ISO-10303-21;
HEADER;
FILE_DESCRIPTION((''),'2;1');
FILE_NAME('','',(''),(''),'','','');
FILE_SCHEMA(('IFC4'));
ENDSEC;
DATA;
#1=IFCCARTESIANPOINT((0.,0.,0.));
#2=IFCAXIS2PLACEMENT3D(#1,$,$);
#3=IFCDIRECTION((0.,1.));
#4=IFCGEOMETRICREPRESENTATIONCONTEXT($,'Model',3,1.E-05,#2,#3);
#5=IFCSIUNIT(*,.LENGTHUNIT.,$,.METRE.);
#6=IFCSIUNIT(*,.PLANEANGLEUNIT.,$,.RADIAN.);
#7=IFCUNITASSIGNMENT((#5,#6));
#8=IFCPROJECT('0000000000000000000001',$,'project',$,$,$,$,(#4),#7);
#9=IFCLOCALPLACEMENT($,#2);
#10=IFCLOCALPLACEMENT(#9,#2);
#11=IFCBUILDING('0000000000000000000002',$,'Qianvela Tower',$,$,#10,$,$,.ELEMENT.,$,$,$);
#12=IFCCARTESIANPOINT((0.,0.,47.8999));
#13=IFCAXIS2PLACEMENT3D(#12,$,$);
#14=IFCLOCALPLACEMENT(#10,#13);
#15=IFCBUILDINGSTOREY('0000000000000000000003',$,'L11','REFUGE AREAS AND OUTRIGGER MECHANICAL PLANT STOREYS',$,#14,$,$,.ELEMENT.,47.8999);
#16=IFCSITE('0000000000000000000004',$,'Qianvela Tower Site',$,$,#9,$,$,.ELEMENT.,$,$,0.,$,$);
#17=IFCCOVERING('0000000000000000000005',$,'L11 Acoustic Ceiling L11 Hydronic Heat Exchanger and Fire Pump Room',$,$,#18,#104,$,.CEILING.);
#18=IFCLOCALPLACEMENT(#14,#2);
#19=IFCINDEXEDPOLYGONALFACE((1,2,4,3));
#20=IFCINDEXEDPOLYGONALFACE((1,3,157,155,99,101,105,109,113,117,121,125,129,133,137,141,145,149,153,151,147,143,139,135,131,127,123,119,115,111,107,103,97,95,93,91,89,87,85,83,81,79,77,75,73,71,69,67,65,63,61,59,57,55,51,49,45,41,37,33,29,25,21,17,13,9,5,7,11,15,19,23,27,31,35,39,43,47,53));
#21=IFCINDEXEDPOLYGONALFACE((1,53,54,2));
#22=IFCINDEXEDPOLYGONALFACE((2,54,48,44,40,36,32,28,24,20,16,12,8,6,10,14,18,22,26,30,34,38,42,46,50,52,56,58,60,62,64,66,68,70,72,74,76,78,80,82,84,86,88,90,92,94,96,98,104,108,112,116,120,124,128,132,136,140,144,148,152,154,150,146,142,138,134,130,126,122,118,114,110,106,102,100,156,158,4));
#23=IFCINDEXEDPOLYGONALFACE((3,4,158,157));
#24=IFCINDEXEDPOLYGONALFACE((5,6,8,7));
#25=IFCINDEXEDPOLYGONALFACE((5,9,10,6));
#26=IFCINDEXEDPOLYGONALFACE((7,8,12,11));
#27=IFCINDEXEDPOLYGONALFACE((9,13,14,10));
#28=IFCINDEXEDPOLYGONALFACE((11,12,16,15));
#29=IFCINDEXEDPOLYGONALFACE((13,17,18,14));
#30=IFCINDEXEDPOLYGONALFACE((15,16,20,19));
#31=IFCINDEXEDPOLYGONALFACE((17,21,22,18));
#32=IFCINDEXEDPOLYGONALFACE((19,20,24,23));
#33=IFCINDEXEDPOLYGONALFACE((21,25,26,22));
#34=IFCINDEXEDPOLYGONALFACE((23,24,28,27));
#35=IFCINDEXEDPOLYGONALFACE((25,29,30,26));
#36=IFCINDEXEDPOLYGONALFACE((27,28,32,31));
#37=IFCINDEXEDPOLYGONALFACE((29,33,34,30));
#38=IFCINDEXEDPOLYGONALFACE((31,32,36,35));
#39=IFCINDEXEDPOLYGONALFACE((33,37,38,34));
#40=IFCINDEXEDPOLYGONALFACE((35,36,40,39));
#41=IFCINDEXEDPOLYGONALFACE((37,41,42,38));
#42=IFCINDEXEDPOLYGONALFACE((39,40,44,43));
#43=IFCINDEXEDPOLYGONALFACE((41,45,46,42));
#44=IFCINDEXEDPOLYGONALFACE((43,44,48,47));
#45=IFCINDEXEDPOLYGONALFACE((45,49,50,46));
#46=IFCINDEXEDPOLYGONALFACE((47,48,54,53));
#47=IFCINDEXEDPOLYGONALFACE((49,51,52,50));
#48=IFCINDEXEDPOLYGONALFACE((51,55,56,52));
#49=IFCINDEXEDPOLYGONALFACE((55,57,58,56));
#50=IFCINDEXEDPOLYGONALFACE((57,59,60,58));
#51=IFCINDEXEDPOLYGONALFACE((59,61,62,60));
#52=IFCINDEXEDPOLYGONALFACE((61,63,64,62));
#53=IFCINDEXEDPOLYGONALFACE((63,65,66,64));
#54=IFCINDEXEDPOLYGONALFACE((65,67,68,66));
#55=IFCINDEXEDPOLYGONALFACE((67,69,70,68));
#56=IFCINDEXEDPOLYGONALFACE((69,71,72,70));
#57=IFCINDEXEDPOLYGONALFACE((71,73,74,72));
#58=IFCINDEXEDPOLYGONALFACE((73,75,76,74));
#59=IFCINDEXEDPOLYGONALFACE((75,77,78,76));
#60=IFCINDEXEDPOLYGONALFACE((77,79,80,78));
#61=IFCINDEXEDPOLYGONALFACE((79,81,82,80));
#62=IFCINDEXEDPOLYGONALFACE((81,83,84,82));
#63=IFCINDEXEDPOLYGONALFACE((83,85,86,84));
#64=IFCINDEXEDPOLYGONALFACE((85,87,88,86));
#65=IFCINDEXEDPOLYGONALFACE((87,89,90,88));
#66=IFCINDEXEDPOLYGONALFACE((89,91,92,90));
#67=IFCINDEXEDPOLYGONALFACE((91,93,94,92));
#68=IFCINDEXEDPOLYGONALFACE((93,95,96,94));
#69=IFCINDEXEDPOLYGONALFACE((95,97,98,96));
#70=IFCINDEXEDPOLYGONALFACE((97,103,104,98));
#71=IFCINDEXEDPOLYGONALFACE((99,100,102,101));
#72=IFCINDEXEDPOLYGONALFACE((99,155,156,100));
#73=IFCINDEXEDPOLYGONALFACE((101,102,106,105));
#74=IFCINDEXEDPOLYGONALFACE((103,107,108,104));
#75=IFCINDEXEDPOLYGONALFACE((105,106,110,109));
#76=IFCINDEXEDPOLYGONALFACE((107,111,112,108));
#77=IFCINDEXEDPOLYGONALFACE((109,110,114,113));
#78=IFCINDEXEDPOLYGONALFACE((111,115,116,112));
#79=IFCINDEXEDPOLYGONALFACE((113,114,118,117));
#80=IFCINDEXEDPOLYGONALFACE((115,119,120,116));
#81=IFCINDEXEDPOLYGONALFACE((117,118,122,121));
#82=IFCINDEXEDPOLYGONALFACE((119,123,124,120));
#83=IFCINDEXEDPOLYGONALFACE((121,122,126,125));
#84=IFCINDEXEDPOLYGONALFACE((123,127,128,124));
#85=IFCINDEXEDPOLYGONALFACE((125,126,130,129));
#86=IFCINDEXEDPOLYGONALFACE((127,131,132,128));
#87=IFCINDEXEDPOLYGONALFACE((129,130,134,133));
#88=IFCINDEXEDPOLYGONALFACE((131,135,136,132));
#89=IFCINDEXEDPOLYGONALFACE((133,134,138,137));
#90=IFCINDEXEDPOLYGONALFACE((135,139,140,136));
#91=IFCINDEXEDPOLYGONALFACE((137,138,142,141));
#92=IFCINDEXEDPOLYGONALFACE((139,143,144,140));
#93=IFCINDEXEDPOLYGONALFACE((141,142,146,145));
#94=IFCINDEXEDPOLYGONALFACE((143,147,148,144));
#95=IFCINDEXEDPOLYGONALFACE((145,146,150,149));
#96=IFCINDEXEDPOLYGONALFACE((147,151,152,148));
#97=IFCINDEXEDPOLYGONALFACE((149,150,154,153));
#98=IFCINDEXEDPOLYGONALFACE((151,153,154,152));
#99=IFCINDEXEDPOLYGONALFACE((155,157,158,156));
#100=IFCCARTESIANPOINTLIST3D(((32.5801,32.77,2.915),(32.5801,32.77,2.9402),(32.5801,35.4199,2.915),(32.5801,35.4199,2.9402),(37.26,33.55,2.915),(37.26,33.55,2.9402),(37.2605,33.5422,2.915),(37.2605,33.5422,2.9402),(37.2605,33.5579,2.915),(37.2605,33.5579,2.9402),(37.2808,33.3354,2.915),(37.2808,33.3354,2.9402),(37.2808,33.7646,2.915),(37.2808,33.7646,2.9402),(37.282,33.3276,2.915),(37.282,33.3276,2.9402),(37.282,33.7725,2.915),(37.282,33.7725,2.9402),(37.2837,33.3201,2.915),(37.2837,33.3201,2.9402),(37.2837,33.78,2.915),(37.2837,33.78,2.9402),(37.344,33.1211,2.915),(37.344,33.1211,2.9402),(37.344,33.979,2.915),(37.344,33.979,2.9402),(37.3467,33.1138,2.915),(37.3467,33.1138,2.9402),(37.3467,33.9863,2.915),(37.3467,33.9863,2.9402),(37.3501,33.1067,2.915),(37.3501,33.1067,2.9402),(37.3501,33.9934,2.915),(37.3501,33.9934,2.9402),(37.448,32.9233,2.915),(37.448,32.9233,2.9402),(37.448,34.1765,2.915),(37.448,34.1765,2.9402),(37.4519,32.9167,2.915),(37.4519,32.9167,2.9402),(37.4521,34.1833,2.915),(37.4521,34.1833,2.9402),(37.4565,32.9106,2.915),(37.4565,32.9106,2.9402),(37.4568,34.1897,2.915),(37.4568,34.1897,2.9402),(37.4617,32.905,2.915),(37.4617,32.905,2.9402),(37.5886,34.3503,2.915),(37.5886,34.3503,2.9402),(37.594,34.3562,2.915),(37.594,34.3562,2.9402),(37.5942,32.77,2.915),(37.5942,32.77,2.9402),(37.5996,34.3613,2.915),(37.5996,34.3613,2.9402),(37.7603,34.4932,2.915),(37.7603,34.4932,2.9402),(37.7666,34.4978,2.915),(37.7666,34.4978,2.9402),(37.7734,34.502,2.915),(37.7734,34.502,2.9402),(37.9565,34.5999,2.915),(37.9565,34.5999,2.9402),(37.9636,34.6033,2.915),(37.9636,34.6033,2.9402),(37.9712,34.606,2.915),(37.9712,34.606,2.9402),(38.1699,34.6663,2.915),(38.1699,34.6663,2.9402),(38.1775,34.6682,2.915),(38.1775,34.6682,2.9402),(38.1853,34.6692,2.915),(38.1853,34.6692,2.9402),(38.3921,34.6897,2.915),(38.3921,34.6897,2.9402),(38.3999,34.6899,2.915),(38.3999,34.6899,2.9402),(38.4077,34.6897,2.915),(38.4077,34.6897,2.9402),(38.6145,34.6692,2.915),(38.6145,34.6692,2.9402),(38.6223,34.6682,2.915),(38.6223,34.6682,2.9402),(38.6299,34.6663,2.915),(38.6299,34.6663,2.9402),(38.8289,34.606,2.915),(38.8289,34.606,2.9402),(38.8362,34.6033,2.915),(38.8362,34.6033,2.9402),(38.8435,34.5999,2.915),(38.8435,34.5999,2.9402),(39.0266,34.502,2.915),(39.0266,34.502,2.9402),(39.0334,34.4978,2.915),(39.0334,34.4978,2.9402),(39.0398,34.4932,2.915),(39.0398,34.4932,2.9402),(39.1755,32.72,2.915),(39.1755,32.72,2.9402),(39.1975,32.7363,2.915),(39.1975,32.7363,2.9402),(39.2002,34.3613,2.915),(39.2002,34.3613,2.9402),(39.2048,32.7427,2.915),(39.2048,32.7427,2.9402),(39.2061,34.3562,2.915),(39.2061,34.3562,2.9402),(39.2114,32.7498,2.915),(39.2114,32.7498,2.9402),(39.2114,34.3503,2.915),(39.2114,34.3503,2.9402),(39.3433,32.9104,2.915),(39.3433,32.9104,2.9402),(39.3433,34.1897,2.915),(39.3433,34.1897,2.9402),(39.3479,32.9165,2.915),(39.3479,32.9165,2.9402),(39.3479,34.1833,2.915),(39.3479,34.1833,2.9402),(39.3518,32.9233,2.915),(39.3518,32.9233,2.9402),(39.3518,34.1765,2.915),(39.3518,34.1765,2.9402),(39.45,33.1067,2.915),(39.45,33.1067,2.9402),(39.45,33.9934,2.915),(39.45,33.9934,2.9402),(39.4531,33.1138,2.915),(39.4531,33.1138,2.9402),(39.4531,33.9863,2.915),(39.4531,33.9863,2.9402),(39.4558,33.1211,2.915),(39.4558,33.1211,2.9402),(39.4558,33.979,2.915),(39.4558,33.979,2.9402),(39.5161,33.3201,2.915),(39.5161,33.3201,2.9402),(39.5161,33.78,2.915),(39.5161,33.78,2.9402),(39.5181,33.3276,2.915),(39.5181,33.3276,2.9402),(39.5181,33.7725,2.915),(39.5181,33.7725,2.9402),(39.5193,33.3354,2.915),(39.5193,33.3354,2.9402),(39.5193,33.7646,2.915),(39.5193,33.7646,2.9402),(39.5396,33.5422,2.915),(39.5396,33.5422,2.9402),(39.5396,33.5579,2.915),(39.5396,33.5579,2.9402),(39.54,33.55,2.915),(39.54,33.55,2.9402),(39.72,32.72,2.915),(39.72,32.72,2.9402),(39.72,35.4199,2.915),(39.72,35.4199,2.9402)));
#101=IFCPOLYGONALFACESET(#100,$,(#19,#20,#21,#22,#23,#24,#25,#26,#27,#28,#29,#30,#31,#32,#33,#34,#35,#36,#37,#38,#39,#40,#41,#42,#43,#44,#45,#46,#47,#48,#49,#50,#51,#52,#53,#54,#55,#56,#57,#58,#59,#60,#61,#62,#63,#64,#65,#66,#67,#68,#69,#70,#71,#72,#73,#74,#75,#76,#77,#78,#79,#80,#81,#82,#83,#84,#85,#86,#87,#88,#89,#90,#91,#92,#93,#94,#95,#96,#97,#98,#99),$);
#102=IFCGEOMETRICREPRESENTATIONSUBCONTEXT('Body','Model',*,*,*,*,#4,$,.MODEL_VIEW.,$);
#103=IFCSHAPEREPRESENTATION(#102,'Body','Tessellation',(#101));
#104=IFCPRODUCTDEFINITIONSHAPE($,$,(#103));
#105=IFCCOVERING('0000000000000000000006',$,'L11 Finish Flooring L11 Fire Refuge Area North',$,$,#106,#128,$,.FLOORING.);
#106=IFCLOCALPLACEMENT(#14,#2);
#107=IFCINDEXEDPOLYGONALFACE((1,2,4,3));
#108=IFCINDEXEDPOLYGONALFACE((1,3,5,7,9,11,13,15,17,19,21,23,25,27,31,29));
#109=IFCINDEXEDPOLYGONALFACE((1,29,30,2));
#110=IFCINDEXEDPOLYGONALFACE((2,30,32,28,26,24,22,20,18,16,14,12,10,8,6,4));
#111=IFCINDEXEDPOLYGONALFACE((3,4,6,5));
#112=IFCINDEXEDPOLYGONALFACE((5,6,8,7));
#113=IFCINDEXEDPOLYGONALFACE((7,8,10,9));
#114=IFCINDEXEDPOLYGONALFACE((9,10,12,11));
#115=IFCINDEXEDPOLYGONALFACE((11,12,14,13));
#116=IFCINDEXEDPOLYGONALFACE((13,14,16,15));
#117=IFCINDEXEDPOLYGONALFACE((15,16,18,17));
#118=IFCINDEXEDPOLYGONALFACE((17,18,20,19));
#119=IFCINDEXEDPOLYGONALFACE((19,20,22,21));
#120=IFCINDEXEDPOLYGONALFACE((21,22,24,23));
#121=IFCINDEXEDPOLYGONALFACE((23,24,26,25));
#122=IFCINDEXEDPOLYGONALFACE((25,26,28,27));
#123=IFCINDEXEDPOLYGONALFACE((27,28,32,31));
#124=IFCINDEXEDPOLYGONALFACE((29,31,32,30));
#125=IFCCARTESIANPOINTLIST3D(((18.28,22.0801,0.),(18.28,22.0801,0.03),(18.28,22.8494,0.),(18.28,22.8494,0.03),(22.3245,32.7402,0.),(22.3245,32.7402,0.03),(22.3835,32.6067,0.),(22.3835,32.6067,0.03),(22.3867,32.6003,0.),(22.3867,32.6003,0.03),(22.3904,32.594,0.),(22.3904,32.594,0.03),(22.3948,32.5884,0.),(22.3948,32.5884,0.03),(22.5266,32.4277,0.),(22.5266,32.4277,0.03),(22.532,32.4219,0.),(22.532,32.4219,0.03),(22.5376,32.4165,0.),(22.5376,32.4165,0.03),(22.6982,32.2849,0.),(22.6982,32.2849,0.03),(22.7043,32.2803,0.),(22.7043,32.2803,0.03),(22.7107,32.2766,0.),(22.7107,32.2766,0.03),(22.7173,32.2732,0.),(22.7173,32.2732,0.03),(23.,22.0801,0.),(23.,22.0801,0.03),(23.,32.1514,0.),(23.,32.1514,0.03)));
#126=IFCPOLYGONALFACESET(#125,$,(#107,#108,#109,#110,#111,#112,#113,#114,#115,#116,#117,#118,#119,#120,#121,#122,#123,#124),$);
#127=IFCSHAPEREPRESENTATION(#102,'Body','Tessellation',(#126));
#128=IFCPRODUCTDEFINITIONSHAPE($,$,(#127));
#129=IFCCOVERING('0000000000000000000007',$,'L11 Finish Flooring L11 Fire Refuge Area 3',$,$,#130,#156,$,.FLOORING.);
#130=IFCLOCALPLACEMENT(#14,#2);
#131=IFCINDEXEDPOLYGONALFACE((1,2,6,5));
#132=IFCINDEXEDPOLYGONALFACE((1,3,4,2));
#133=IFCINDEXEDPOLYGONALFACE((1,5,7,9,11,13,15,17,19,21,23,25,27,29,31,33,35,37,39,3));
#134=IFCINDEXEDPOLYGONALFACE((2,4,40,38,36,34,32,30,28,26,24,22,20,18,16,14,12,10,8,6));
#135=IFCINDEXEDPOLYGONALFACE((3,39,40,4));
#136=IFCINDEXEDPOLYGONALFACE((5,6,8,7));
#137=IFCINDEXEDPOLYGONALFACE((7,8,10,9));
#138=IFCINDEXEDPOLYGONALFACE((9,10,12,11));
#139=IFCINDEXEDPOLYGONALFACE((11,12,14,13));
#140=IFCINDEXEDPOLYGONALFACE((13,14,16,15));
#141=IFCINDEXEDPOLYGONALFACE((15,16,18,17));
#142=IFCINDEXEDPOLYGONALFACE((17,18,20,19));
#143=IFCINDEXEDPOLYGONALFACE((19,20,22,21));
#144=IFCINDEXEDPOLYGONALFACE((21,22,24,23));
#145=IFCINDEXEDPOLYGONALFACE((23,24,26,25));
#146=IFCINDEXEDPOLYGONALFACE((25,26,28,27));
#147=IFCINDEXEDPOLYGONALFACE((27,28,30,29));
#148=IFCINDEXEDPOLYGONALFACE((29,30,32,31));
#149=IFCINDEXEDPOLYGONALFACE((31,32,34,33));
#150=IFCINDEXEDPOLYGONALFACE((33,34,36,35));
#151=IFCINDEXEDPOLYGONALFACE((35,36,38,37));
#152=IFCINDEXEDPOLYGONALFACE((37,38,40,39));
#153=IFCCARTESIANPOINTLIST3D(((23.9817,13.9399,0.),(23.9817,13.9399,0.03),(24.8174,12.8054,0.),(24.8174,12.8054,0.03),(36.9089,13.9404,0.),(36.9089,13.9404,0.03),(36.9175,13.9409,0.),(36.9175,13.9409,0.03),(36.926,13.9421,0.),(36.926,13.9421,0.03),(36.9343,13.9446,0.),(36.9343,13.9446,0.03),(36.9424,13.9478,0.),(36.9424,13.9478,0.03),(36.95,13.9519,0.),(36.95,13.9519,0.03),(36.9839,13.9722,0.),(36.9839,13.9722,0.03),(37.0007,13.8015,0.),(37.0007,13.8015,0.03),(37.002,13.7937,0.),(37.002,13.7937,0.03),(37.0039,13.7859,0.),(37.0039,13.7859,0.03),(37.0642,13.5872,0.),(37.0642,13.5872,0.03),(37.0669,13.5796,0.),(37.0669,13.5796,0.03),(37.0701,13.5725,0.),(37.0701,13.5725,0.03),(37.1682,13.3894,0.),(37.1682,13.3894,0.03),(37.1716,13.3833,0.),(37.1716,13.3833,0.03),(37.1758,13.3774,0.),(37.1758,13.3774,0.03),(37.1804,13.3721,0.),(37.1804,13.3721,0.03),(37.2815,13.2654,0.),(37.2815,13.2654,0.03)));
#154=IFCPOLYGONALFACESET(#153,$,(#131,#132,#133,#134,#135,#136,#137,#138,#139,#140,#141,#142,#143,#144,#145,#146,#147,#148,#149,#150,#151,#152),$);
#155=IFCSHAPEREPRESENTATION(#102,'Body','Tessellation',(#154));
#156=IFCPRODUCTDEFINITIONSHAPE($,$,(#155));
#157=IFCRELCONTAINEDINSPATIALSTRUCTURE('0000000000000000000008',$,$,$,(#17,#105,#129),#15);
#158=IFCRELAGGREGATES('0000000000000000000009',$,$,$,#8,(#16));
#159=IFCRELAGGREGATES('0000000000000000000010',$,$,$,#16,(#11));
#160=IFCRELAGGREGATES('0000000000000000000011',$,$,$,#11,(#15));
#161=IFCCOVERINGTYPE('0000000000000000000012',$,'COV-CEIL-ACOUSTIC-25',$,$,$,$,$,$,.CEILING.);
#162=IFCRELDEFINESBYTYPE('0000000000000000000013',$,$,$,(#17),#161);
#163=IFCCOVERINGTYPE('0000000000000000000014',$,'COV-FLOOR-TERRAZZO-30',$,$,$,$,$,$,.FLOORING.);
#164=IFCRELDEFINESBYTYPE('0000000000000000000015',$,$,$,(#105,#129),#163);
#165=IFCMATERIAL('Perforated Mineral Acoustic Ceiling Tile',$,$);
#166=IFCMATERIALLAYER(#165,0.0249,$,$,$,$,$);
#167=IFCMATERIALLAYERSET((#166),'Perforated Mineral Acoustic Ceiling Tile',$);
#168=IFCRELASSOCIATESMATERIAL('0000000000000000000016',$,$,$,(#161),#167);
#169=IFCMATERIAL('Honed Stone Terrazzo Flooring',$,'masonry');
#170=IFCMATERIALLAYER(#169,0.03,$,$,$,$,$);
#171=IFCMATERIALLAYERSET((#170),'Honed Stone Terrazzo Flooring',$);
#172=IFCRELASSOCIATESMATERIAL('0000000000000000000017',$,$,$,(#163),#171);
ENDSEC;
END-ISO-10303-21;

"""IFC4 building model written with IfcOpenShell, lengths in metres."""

from ifc_helpers import new_model, si_unit, direction, frame, origin, place, context, subcontext, project, spatial, polyline, outline, extrude, material, layer, layer_set, type_object, element, save


model = new_model("IFC4")

# Units and contexts
model_context = context("Model", 3, precision=1e-05, world=origin(), true_north=direction((0.0, 1.0)))
body_context = subcontext(model_context, "Body", "Model", "MODEL_VIEW")
ifc_project = project(units=[si_unit("LENGTHUNIT", "METRE"), si_unit("PLANEANGLEUNIT", "RADIAN")], contexts=[model_context])

# Site, building, storey
site_placement = place(None, origin())
site = spatial("IfcSite", under=ifc_project, at=site_placement, Name="Qianvela Tower Site", CompositionType="ELEMENT", RefElevation=0.0)
building_placement = place(site_placement, origin())
building = spatial("IfcBuilding", under=site, at=building_placement, Name="Qianvela Tower", CompositionType="ELEMENT")
storey_placement = place(building_placement, frame((0.0, 0.0, 47.8999)))
storey = spatial("IfcBuildingStorey", under=building, at=storey_placement, Name="L11", Description="REFUGE AREAS AND OUTRIGGER MECHANICAL PLANT STOREYS", CompositionType="ELEMENT", Elevation=47.8999)

# Coverings
ifc_material_1 = material(Name="Perforated Mineral Acoustic Ceiling Tile")
ifc_layer_1 = layer(ifc_material_1, 0.0249)
ifc_layer_set_1 = layer_set([ifc_layer_1], Name="Perforated Mineral Acoustic Ceiling Tile")
covering_type_1 = type_object("IfcCoveringType", Name="COV-CEIL-ACOUSTIC-25", PredefinedType="CEILING", material=ifc_layer_set_1)
covering_1_placement = place(storey_placement, frame((0.0, 0.0, 2.915)))
element("IfcCovering", 1, at=covering_1_placement, inside=storey, type_object=covering_type_1, Name="L11 Acoustic Ceiling L11 Hydronic Heat Exchanger and Fire Pump Room", PredefinedType="CEILING", context=body_context, shape_type="SweptSolid", body=[
    extrude(outline(polyline([(32.5801, 32.77), (32.5801, 35.4199), (39.72, 35.4199), (39.72, 32.72), (39.1755, 32.72), (39.1975, 32.7363), (39.2048, 32.7427), (39.2114, 32.7498), (39.3433, 32.9104), (39.3479, 32.9165), (39.3518, 32.9233), (39.45, 33.1067), (39.4531, 33.1138), (39.4558, 33.1211), (39.5161, 33.3201), (39.5181, 33.3276), (39.5193, 33.3354), (39.5396, 33.5422), (39.54, 33.55), (39.5396, 33.5579), (39.5193, 33.7646), (39.5181, 33.7725), (39.5161, 33.78), (39.4558, 33.979), (39.4531, 33.9863), (39.45, 33.9934), (39.3518, 34.1765), (39.3479, 34.1833), (39.3433, 34.1897), (39.2114, 34.3503), (39.2061, 34.3562), (39.2002, 34.3613), (39.0398, 34.4932), (39.0334, 34.4978), (39.0266, 34.502), (38.8435, 34.5999), (38.8362, 34.6033), (38.8289, 34.606), (38.6299, 34.6663), (38.6223, 34.6682), (38.6145, 34.6692), (38.4077, 34.6897), (38.3999, 34.6899), (38.3921, 34.6897), (38.1853, 34.6692), (38.1775, 34.6682), (38.1699, 34.6663), (37.9712, 34.606), (37.9636, 34.6033), (37.9565, 34.5999), (37.7734, 34.502), (37.7666, 34.4978), (37.7603, 34.4932), (37.5996, 34.3613), (37.594, 34.3562), (37.5886, 34.3503), (37.4568, 34.1897), (37.4521, 34.1833), (37.448, 34.1765), (37.3501, 33.9934), (37.3467, 33.9863), (37.344, 33.979), (37.2837, 33.78), (37.282, 33.7725), (37.2808, 33.7646), (37.2605, 33.5579), (37.26, 33.55), (37.2605, 33.5422), (37.2808, 33.3354), (37.282, 33.3276), (37.2837, 33.3201), (37.344, 33.1211), (37.3467, 33.1138), (37.3501, 33.1067), (37.448, 32.9233), (37.4519, 32.9167), (37.4565, 32.9106), (37.4617, 32.905), (37.5942, 32.77), (32.5801, 32.77)])), origin(), (0.0, 0.0, 1.0), 0.0251),
])
ifc_material_2 = material(Name="Honed Stone Terrazzo Flooring", Category="masonry")
ifc_layer_2 = layer(ifc_material_2, 0.03)
ifc_layer_set_2 = layer_set([ifc_layer_2], Name="Honed Stone Terrazzo Flooring")
covering_type_2 = type_object("IfcCoveringType", Name="COV-FLOOR-TERRAZZO-30", PredefinedType="FLOORING", material=ifc_layer_set_2)
covering_2_placement = place(storey_placement, origin())
element("IfcCovering", 2, at=covering_2_placement, inside=storey, type_object=covering_type_2, Name="L11 Finish Flooring L11 Fire Refuge Area North", PredefinedType="FLOORING", context=body_context, shape_type="SweptSolid", body=[
    extrude(outline(polyline([(22.3245, 32.7402), (22.3835, 32.6067), (22.3867, 32.6003), (22.3904, 32.594), (22.3948, 32.5884), (22.5266, 32.4277), (22.532, 32.4219), (22.5376, 32.4165), (22.6982, 32.2849), (22.7043, 32.2803), (22.7107, 32.2766), (22.7173, 32.2732), (23.0, 32.1514), (23.0, 22.0801), (18.28, 22.0801), (18.28, 22.8494), (22.3245, 32.7402)])), origin(), (0.0, 0.0, 1.0), 0.03),
])
covering_3_placement = place(storey_placement, origin())
element("IfcCovering", 3, at=covering_3_placement, inside=storey, type_object=covering_type_2, Name="L11 Finish Flooring L11 Fire Refuge Area 3", PredefinedType="FLOORING", context=body_context, shape_type="SweptSolid", body=[
    extrude(outline(polyline([(36.9839, 13.9722), (37.0007, 13.8015), (37.002, 13.7937), (37.0039, 13.7859), (37.0642, 13.5872), (37.0669, 13.5796), (37.0701, 13.5725), (37.1682, 13.3894), (37.1716, 13.3833), (37.1758, 13.3774), (37.1804, 13.3721), (37.2815, 13.2654), (24.8174, 12.8054), (23.9817, 13.9399), (36.9089, 13.9404), (36.9175, 13.9409), (36.926, 13.9421), (36.9343, 13.9446), (36.9424, 13.9478), (36.95, 13.9519), (36.9839, 13.9722)])), origin(), (0.0, 0.0, 1.0), 0.03),
])

save(model, "model.ifc")
